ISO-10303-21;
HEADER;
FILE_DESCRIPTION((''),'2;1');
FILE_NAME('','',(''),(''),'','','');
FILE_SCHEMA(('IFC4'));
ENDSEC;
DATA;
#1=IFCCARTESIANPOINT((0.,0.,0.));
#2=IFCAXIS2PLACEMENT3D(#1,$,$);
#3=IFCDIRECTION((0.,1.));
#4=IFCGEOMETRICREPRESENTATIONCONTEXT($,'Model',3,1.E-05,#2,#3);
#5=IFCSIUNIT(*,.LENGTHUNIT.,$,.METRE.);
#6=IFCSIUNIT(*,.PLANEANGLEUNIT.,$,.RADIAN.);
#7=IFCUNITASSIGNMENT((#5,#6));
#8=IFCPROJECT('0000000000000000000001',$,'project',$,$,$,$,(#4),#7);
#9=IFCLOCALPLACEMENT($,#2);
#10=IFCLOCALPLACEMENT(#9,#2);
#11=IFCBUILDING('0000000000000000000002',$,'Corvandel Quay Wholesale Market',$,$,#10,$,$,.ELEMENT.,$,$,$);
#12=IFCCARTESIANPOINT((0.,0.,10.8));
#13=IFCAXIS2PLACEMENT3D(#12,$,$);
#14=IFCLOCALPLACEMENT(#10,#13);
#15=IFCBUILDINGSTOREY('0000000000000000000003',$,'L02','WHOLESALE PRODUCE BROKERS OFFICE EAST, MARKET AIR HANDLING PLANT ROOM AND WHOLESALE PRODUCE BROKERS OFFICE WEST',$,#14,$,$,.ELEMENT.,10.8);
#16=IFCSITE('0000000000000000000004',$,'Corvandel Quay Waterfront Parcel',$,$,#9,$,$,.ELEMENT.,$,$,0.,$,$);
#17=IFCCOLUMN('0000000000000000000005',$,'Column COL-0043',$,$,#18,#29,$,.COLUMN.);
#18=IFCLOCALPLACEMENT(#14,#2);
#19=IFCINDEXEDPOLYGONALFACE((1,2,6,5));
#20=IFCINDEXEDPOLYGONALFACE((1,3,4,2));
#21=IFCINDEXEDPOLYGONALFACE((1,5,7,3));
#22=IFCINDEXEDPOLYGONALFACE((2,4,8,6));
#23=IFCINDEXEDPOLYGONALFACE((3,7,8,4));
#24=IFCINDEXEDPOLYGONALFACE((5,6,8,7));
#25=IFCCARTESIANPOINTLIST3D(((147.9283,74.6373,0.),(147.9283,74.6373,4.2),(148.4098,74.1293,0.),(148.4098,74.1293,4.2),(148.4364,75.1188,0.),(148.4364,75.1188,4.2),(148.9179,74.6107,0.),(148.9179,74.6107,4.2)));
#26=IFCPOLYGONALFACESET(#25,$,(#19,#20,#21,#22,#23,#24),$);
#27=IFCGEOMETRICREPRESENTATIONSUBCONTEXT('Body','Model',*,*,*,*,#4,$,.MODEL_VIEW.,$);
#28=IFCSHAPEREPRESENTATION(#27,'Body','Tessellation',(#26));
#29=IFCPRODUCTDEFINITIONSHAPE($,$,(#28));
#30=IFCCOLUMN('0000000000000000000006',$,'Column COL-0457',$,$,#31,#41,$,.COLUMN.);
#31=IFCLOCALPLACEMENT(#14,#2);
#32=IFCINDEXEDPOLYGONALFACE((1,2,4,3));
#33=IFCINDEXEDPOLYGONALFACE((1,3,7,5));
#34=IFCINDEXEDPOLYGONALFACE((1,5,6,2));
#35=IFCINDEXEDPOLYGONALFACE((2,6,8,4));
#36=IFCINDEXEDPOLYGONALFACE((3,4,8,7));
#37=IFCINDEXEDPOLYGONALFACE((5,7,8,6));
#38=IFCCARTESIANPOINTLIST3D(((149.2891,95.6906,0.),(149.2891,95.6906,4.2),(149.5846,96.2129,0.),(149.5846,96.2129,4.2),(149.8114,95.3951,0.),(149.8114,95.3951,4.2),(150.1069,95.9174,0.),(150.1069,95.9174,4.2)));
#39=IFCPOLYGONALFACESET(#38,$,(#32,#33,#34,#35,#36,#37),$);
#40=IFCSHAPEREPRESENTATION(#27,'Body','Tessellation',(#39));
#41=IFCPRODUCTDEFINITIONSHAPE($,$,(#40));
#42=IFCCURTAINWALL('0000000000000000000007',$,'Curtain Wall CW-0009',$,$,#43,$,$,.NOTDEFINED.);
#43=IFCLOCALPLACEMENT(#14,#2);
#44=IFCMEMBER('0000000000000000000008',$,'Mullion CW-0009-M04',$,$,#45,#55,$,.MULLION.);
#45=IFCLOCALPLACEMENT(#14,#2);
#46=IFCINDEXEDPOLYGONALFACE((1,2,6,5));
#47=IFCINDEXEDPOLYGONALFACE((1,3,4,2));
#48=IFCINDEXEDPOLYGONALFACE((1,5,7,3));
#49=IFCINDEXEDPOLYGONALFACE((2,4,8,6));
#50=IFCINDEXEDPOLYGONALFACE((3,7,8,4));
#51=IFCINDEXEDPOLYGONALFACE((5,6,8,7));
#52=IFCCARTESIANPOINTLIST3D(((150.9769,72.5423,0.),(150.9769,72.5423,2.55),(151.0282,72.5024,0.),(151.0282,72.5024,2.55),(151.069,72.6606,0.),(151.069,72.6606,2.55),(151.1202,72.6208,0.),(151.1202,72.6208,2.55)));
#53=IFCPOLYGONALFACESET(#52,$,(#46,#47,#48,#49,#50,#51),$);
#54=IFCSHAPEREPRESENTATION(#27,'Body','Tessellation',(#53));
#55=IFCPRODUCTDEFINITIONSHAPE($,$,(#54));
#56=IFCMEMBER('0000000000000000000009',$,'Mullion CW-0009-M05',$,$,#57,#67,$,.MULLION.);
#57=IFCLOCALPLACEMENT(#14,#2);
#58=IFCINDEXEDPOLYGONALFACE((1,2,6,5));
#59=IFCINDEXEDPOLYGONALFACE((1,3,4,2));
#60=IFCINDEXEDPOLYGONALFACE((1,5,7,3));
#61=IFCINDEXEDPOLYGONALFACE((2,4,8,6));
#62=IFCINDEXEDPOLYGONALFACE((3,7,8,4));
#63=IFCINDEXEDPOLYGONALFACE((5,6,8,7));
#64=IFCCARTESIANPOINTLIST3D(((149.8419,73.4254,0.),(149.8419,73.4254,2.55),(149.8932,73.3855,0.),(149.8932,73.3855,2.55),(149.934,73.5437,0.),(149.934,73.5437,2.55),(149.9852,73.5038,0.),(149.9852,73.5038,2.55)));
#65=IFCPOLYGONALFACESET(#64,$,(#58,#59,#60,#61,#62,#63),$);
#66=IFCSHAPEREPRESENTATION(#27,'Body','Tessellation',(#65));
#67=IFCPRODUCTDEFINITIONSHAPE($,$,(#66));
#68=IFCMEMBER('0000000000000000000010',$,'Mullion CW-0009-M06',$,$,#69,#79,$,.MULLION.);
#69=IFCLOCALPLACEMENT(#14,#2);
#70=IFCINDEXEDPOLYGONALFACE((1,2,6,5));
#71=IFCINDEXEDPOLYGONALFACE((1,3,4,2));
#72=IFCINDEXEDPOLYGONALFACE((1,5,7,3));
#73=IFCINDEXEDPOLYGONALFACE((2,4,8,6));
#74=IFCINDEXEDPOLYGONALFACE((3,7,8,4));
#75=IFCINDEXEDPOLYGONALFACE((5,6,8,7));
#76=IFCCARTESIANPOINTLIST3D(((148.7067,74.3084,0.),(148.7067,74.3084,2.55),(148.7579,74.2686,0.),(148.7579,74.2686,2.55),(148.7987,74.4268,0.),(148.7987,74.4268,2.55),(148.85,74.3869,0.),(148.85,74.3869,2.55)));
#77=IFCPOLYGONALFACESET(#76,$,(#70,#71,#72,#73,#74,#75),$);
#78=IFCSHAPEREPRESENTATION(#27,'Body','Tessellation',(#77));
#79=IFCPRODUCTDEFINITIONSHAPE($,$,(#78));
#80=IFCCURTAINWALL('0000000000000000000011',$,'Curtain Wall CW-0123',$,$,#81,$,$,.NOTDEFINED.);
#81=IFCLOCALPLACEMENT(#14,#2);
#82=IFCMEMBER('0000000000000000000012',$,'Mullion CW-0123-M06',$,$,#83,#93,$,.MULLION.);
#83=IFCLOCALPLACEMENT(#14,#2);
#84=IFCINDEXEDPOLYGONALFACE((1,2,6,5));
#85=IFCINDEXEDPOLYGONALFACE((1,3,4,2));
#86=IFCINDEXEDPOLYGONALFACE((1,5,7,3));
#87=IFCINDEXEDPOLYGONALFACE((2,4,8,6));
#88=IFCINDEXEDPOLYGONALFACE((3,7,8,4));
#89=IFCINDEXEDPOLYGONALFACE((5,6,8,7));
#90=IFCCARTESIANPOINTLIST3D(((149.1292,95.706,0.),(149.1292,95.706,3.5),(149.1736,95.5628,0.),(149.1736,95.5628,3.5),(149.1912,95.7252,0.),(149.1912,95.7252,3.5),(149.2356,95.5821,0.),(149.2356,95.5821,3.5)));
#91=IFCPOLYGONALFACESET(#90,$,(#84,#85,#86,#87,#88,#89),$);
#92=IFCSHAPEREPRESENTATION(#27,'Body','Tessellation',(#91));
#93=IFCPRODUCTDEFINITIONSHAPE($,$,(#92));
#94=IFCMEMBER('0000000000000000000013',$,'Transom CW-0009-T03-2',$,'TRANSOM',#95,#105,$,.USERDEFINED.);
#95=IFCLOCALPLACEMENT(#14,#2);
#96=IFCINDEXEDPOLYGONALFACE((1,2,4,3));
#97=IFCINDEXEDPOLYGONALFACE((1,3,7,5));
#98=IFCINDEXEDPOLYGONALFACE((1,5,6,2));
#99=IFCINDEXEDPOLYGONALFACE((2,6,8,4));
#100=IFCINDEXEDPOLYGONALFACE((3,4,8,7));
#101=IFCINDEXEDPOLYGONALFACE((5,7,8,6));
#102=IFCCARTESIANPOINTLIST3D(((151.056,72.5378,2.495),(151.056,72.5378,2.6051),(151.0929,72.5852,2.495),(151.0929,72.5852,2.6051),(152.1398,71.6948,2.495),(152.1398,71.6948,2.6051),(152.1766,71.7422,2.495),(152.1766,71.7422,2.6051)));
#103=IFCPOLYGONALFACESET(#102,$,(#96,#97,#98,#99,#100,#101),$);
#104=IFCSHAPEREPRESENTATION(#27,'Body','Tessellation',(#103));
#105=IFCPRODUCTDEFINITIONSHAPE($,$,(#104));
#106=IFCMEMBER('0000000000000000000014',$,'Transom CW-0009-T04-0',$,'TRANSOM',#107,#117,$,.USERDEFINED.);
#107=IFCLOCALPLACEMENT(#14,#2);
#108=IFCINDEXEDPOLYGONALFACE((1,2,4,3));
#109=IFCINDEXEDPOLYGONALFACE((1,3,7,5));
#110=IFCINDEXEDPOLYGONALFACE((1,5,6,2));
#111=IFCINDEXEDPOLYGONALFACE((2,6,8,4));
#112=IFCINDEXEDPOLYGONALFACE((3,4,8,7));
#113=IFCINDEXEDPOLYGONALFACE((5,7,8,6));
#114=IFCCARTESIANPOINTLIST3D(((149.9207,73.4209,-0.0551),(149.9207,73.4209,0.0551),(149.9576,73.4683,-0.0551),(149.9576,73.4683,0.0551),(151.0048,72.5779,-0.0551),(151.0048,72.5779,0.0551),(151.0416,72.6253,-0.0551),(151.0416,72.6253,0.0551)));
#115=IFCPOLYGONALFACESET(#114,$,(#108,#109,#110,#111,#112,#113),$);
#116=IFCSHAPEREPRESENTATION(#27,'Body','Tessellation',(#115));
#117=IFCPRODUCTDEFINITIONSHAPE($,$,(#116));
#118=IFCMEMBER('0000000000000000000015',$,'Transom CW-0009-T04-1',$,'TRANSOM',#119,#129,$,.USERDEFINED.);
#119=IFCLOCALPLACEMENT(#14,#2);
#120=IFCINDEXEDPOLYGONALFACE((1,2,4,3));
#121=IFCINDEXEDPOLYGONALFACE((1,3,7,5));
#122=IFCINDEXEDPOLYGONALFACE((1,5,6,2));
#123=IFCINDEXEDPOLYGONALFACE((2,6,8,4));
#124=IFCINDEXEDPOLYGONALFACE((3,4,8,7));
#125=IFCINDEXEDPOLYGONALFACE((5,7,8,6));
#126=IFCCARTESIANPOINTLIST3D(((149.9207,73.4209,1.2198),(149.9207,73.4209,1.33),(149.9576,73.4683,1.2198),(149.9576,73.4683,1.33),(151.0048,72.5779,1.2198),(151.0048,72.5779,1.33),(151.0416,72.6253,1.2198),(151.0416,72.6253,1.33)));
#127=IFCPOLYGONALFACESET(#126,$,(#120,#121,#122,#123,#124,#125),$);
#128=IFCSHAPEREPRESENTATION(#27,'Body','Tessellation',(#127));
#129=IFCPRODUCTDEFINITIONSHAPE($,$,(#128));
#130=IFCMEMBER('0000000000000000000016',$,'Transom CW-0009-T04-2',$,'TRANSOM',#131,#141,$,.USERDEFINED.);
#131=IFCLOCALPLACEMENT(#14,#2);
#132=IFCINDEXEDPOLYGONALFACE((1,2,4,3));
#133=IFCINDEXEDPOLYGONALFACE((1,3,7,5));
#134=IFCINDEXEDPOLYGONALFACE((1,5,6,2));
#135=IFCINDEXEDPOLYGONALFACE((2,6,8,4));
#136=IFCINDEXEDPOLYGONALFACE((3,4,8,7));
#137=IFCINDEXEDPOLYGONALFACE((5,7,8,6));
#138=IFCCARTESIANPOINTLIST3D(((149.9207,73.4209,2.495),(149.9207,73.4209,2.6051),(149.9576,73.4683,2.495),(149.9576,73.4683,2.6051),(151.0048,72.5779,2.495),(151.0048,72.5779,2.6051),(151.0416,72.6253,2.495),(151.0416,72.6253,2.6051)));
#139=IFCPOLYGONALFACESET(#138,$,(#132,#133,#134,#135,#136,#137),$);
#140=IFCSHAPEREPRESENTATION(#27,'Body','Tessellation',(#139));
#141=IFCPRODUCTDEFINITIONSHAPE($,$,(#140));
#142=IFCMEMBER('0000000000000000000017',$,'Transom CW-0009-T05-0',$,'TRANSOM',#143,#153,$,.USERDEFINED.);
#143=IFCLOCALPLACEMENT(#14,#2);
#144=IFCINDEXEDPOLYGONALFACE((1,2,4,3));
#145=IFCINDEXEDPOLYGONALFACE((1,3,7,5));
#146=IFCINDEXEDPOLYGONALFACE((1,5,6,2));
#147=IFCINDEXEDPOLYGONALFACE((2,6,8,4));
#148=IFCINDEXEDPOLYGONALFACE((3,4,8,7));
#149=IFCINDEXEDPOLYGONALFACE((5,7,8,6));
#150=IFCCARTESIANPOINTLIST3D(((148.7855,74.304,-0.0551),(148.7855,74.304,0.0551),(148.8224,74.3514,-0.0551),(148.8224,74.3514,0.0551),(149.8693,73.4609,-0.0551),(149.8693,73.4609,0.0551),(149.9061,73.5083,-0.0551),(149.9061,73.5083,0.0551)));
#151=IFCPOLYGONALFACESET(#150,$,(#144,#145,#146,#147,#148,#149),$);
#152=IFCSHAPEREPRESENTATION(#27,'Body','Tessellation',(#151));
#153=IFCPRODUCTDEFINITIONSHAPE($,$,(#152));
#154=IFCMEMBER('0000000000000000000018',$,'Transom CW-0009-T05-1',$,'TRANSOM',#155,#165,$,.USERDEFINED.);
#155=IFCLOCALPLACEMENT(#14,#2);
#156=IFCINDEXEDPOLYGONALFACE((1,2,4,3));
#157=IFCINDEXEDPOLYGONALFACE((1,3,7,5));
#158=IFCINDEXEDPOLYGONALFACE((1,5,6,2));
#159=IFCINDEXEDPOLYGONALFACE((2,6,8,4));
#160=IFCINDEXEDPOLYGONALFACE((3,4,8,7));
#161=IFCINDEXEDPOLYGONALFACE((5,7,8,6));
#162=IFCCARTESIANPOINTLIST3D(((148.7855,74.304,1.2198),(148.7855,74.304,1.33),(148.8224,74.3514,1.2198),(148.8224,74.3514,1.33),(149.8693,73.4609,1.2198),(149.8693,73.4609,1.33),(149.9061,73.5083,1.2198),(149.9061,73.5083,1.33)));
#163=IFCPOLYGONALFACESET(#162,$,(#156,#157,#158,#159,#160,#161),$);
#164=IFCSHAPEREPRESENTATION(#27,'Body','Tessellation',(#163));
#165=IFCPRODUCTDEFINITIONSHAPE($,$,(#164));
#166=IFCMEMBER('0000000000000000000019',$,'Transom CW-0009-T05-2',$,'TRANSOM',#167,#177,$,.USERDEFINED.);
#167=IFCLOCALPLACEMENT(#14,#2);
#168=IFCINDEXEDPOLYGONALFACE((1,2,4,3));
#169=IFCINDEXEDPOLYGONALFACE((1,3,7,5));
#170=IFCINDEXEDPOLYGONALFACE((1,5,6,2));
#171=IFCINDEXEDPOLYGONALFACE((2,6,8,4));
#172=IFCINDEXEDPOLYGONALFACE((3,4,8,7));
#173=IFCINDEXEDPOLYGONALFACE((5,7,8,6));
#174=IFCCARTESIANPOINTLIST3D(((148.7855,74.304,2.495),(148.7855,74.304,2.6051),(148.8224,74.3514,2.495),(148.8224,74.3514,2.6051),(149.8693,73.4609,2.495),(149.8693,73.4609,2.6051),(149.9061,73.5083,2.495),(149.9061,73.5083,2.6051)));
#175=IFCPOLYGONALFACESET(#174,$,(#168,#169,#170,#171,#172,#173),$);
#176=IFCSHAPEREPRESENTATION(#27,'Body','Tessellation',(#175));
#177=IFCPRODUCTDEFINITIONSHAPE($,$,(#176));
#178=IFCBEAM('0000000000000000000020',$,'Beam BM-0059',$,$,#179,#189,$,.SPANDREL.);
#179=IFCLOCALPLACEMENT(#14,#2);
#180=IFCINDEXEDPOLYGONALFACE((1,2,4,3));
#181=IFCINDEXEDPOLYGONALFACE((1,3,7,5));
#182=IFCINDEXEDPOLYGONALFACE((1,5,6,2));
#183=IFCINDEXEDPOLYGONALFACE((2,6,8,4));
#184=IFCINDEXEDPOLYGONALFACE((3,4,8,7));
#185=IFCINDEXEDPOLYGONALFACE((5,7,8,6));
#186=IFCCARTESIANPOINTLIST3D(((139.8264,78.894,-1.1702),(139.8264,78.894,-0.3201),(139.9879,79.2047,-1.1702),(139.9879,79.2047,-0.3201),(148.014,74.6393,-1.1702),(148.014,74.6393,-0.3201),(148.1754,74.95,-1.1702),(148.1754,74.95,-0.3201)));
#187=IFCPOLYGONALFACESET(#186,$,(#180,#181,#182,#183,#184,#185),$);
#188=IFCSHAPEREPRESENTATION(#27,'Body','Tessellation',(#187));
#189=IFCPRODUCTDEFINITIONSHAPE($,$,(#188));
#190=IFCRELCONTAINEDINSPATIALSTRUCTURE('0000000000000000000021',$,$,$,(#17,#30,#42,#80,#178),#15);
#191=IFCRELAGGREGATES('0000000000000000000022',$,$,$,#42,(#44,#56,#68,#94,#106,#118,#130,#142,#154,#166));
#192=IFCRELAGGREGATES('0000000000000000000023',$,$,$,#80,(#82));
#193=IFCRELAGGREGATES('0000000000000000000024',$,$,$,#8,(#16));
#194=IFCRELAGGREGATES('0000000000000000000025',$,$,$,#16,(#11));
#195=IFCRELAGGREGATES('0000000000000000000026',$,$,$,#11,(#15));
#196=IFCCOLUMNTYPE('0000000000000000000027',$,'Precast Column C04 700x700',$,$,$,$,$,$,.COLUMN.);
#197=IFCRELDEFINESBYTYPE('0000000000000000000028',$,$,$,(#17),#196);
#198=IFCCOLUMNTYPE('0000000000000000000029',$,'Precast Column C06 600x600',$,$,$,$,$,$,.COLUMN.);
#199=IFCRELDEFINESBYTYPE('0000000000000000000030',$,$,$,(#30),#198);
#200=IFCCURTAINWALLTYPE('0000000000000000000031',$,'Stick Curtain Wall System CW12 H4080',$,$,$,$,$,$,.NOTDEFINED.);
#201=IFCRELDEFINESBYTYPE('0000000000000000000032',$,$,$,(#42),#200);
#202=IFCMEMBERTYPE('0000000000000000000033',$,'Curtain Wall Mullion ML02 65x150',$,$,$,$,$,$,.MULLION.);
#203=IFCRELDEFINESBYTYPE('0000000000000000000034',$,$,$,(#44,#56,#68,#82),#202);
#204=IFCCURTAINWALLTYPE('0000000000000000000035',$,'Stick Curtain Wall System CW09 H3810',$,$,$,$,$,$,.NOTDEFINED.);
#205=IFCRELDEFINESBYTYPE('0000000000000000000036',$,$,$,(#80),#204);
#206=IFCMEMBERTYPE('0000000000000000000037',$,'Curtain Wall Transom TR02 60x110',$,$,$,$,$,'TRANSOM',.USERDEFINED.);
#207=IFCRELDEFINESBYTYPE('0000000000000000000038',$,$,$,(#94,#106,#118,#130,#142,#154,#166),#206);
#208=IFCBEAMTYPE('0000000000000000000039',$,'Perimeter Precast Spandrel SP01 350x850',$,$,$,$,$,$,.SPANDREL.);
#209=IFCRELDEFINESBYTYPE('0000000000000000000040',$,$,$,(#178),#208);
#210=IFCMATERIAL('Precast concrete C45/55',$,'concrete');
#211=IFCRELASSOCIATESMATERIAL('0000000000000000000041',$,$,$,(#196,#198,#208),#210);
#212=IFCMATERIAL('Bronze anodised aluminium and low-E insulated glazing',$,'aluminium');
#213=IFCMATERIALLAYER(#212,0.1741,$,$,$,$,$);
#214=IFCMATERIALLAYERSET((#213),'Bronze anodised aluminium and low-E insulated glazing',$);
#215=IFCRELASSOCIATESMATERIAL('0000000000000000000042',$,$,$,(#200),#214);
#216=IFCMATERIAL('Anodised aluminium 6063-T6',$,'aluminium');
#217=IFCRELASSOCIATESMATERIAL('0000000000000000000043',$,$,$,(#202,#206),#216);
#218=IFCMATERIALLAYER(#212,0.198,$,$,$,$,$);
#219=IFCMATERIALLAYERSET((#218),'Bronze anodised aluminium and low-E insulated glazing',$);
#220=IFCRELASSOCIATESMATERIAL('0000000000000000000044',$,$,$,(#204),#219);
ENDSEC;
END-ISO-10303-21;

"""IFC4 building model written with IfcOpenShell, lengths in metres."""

from ifc_helpers import new_model, si_unit, direction, frame, origin, origin_2d, place, context, subcontext, project, spatial, rectangle, extrude, material, layer, layer_set, material_profile, profile_set, type_object, element, aggregate, save


model = new_model("IFC4")

# Units and contexts
model_context = context("Model", 3, precision=1e-05, world=origin(), true_north=direction((0.0, 1.0)))
body_context = subcontext(model_context, "Body", "Model", "MODEL_VIEW")
ifc_project = project(units=[si_unit("LENGTHUNIT", "METRE"), si_unit("PLANEANGLEUNIT", "RADIAN")], contexts=[model_context])

# Site, building, storey
site_placement = place(None, origin())
site = spatial("IfcSite", under=ifc_project, at=site_placement, Name="Corvandel Quay Waterfront Parcel", CompositionType="ELEMENT", RefElevation=0.0)
building_placement = place(site_placement, origin())
building = spatial("IfcBuilding", under=site, at=building_placement, Name="Corvandel Quay Wholesale Market", CompositionType="ELEMENT")
storey_placement = place(building_placement, frame((0.0, 0.0, 10.8)))
storey = spatial("IfcBuildingStorey", under=building, at=storey_placement, Name="L02", Description="WHOLESALE PRODUCE BROKERS OFFICE EAST, MARKET AIR HANDLING PLANT ROOM AND WHOLESALE PRODUCE BROKERS OFFICE WEST", CompositionType="ELEMENT", Elevation=10.8)

# Columns
ifc_material_1 = material(Name="Precast concrete C45/55", Category="concrete")
ifc_material_profile_1 = material_profile(ifc_material_1, rectangle(XDim=0.7, YDim=0.7, at=origin_2d()), Name="PC-COL-700x700")
ifc_profile_set_1 = profile_set([ifc_material_profile_1], Name="Precast concrete C45/55")
column_type_1 = type_object("IfcColumnType", Name="Precast Column C04 700x700", PredefinedType="COLUMN", material=ifc_profile_set_1)
column_1_placement = place(storey_placement, frame((148.4231, 74.624, 0.0), z_axis=(0.0, 0.0, 1.0), x_axis=(-0.687848, 0.725855, 0.0)))
element("IfcColumn", 1, at=column_1_placement, inside=storey, type_object=column_type_1, Name="Column COL-0043", PredefinedType="COLUMN", context=body_context, shape_type="SweptSolid", body=[
    extrude(rectangle(XDim=0.7, YDim=0.7, at=origin_2d()), origin(), (0.0, 0.0, 1.0), 4.2),
])
ifc_material_profile_2 = material_profile(ifc_material_1, rectangle(XDim=0.6001, YDim=0.6001, at=origin_2d()), Name="PC-COL-600x600")
ifc_profile_set_2 = profile_set([ifc_material_profile_2], Name="Precast concrete C45/55")
column_type_2 = type_object("IfcColumnType", Name="Precast Column C06 600x600", PredefinedType="COLUMN", material=ifc_profile_set_2)
column_2_placement = place(storey_placement, frame((149.698, 95.804, 0.0), z_axis=(0.0, 0.0, 1.0), x_axis=(0.492424, 0.870356, 0.0)))
element("IfcColumn", 2, at=column_2_placement, inside=storey, type_object=column_type_2, Name="Column COL-0457", PredefinedType="COLUMN", context=body_context, shape_type="SweptSolid", body=[
    extrude(rectangle(XDim=0.6001, YDim=0.6001, at=origin_2d()), origin(), (0.0, 0.0, 1.0), 4.2),
])

# Curtain wall, members
ifc_material_2 = material(Name="Bronze anodised aluminium and low-E insulated glazing", Category="aluminium")
ifc_layer_1 = layer(ifc_material_2, 0.1741)
ifc_layer_set_1 = layer_set([ifc_layer_1], Name="Bronze anodised aluminium and low-E insulated glazing")
curtain_wall_type_1 = type_object("IfcCurtainWallType", Name="Stick Curtain Wall System CW12 H4080", PredefinedType="NOTDEFINED", material=ifc_layer_set_1)
curtain_wall_1_placement = place(storey_placement, origin())
curtain_wall_1 = element("IfcCurtainWall", 3, at=curtain_wall_1_placement, inside=storey, type_object=curtain_wall_type_1, Name="Curtain Wall CW-0009", PredefinedType="NOTDEFINED")
ifc_material_3 = material(Name="Anodised aluminium 6063-T6", Category="aluminium")
ifc_material_profile_3 = material_profile(ifc_material_3, rectangle(XDim=0.0649, YDim=0.1499, at=origin_2d()), Name="ALU-MUL-65x150")
ifc_profile_set_3 = profile_set([ifc_material_profile_3], Name="Anodised aluminium 6063-T6")
member_type_1 = type_object("IfcMemberType", Name="Curtain Wall Mullion ML02 65x150", PredefinedType="MULLION", material=ifc_profile_set_3)
member_1_placement = place(storey_placement, frame((151.0486, 72.5815, 0.0), z_axis=(0.0, 0.0, 1.0), x_axis=(-0.789298, 0.61401, 0.0)))
member_1 = element("IfcMember", 4, at=member_1_placement, type_object=member_type_1, Name="Mullion CW-0009-M04", PredefinedType="MULLION", context=body_context, shape_type="SweptSolid", body=[
    extrude(rectangle(XDim=0.0649, YDim=0.1499, at=origin_2d()), origin(), (0.0, 0.0, 1.0), 2.55),
])
member_2_placement = place(storey_placement, frame((149.9136, 73.4646, 0.0), z_axis=(0.0, 0.0, 1.0), x_axis=(-0.789298, 0.61401, 0.0)))
member_2 = element("IfcMember", 5, at=member_2_placement, type_object=member_type_1, Name="Mullion CW-0009-M05", PredefinedType="MULLION", context=body_context, shape_type="SweptSolid", body=[
    extrude(rectangle(XDim=0.0649, YDim=0.1499, at=origin_2d()), origin(), (0.0, 0.0, 1.0), 2.55),
])
member_3_placement = place(storey_placement, frame((148.7783, 74.3477, 0.0), z_axis=(0.0, 0.0, 1.0), x_axis=(-0.789298, 0.61401, 0.0)))
member_3 = element("IfcMember", 6, at=member_3_placement, type_object=member_type_1, Name="Mullion CW-0009-M06", PredefinedType="MULLION", context=body_context, shape_type="SweptSolid", body=[
    extrude(rectangle(XDim=0.0649, YDim=0.1499, at=origin_2d()), origin(), (0.0, 0.0, 1.0), 2.55),
])

# Curtain wall, member
ifc_layer_2 = layer(ifc_material_2, 0.198)
ifc_layer_set_2 = layer_set([ifc_layer_2], Name="Bronze anodised aluminium and low-E insulated glazing")
curtain_wall_type_2 = type_object("IfcCurtainWallType", Name="Stick Curtain Wall System CW09 H3810", PredefinedType="NOTDEFINED", material=ifc_layer_set_2)
curtain_wall_2_placement = place(storey_placement, origin())
curtain_wall_2 = element("IfcCurtainWall", 7, at=curtain_wall_2_placement, inside=storey, type_object=curtain_wall_type_2, Name="Curtain Wall CW-0123", PredefinedType="NOTDEFINED")
member_4_placement = place(storey_placement, frame((149.1824, 95.644, 0.0), z_axis=(0.0, 0.0, 1.0), x_axis=(0.955123, 0.296208, 0.0)))
member_4 = element("IfcMember", 8, at=member_4_placement, type_object=member_type_1, Name="Mullion CW-0123-M06", PredefinedType="MULLION", context=body_context, shape_type="SweptSolid", body=[
    extrude(rectangle(XDim=0.0649, YDim=0.1499, at=origin_2d()), origin(), (0.0, 0.0, 1.0), 3.5),
])

# Members
ifc_material_profile_4 = material_profile(ifc_material_3, rectangle(XDim=0.0601, YDim=0.1101, at=origin_2d()), Name="ALU-TRN-60x110")
ifc_profile_set_4 = profile_set([ifc_material_profile_4], Name="Anodised aluminium 6063-T6")
member_type_2 = type_object("IfcMemberType", Name="Curtain Wall Transom TR02 60x110", ElementType="TRANSOM", PredefinedType="USERDEFINED", material=ifc_profile_set_4)
member_5_placement = place(storey_placement, frame((152.1582, 71.7185, 2.55), z_axis=(-0.789314, 0.61399, 0.0), x_axis=(-0.61399, -0.789314, 0.0)))
member_5 = element("IfcMember", 9, at=member_5_placement, type_object=member_type_2, Name="Transom CW-0009-T03-2", ObjectType="TRANSOM", PredefinedType="USERDEFINED", context=body_context, shape_type="SweptSolid", body=[
    extrude(rectangle(XDim=0.0601, YDim=0.1101, at=origin_2d()), origin(), (0.0, 0.0, 1.0), 1.373),
])
member_6_placement = place(storey_placement, frame((151.0232, 72.6016, 0.0), z_axis=(-0.789381, 0.613904, 0.0), x_axis=(-0.613904, -0.789381, 0.0)))
member_6 = element("IfcMember", 10, at=member_6_placement, type_object=member_type_2, Name="Transom CW-0009-T04-0", ObjectType="TRANSOM", PredefinedType="USERDEFINED", context=body_context, shape_type="SweptSolid", body=[
    extrude(rectangle(XDim=0.0601, YDim=0.1101, at=origin_2d()), origin(), (0.0, 0.0, 1.0), 1.3733),
])
member_7_placement = place(storey_placement, frame((151.0232, 72.6016, 1.2749), z_axis=(-0.789381, 0.613904, 0.0), x_axis=(-0.613904, -0.789381, 0.0)))
member_7 = element("IfcMember", 11, at=member_7_placement, type_object=member_type_2, Name="Transom CW-0009-T04-1", ObjectType="TRANSOM", PredefinedType="USERDEFINED", context=body_context, shape_type="SweptSolid", body=[
    extrude(rectangle(XDim=0.0601, YDim=0.1101, at=origin_2d()), origin(), (0.0, 0.0, 1.0), 1.3733),
])
member_8_placement = place(storey_placement, frame((151.0232, 72.6016, 2.55), z_axis=(-0.789381, 0.613904, 0.0), x_axis=(-0.613904, -0.789381, 0.0)))
member_8 = element("IfcMember", 12, at=member_8_placement, type_object=member_type_2, Name="Transom CW-0009-T04-2", ObjectType="TRANSOM", PredefinedType="USERDEFINED", context=body_context, shape_type="SweptSolid", body=[
    extrude(rectangle(XDim=0.0601, YDim=0.1101, at=origin_2d()), origin(), (0.0, 0.0, 1.0), 1.3733),
])
member_9_placement = place(storey_placement, frame((149.8877, 73.4846, 0.0), z_axis=(-0.789314, 0.61399, 0.0), x_axis=(-0.61399, -0.789314, 0.0)))
member_9 = element("IfcMember", 13, at=member_9_placement, type_object=member_type_2, Name="Transom CW-0009-T05-0", ObjectType="TRANSOM", PredefinedType="USERDEFINED", context=body_context, shape_type="SweptSolid", body=[
    extrude(rectangle(XDim=0.0601, YDim=0.1101, at=origin_2d()), origin(), (0.0, 0.0, 1.0), 1.373),
])
member_10_placement = place(storey_placement, frame((149.8877, 73.4846, 1.2749), z_axis=(-0.789314, 0.61399, 0.0), x_axis=(-0.61399, -0.789314, 0.0)))
member_10 = element("IfcMember", 14, at=member_10_placement, type_object=member_type_2, Name="Transom CW-0009-T05-1", ObjectType="TRANSOM", PredefinedType="USERDEFINED", context=body_context, shape_type="SweptSolid", body=[
    extrude(rectangle(XDim=0.0601, YDim=0.1101, at=origin_2d()), origin(), (0.0, 0.0, 1.0), 1.373),
])
member_11_placement = place(storey_placement, frame((149.8877, 73.4846, 2.55), z_axis=(-0.789314, 0.61399, 0.0), x_axis=(-0.61399, -0.789314, 0.0)))
member_11 = element("IfcMember", 15, at=member_11_placement, type_object=member_type_2, Name="Transom CW-0009-T05-2", ObjectType="TRANSOM", PredefinedType="USERDEFINED", context=body_context, shape_type="SweptSolid", body=[
    extrude(rectangle(XDim=0.0601, YDim=0.1101, at=origin_2d()), origin(), (0.0, 0.0, 1.0), 1.373),
])

# Beam
ifc_material_profile_5 = material_profile(ifc_material_1, rectangle(XDim=0.3501, YDim=0.8501, at=origin_2d()), Name="PC-SPN-350x850")
ifc_profile_set_5 = profile_set([ifc_material_profile_5], Name="Precast concrete C45/55")
beam_type_1 = type_object("IfcBeamType", Name="Perimeter Precast Spandrel SP01 350x850", PredefinedType="SPANDREL", material=ifc_profile_set_5)
beam_1_placement = place(storey_placement, frame((148.0947, 74.7947, -0.7451), z_axis=(-0.887344, 0.461109, 0.0), x_axis=(-0.461109, -0.887344, 0.0)))
element("IfcBeam", 16, at=beam_1_placement, inside=storey, type_object=beam_type_1, Name="Beam BM-0059", PredefinedType="SPANDREL", context=body_context, shape_type="SweptSolid", body=[
    extrude(rectangle(XDim=0.3501, YDim=0.8501, at=origin_2d()), origin(), (0.0, 0.0, 1.0), 9.2271),
])

aggregate(curtain_wall_1, [member_1, member_2, member_3, member_5, member_6, member_7, member_8, member_9, member_10, member_11])
aggregate(curtain_wall_2, [member_4])

save(model, "model.ifc")
